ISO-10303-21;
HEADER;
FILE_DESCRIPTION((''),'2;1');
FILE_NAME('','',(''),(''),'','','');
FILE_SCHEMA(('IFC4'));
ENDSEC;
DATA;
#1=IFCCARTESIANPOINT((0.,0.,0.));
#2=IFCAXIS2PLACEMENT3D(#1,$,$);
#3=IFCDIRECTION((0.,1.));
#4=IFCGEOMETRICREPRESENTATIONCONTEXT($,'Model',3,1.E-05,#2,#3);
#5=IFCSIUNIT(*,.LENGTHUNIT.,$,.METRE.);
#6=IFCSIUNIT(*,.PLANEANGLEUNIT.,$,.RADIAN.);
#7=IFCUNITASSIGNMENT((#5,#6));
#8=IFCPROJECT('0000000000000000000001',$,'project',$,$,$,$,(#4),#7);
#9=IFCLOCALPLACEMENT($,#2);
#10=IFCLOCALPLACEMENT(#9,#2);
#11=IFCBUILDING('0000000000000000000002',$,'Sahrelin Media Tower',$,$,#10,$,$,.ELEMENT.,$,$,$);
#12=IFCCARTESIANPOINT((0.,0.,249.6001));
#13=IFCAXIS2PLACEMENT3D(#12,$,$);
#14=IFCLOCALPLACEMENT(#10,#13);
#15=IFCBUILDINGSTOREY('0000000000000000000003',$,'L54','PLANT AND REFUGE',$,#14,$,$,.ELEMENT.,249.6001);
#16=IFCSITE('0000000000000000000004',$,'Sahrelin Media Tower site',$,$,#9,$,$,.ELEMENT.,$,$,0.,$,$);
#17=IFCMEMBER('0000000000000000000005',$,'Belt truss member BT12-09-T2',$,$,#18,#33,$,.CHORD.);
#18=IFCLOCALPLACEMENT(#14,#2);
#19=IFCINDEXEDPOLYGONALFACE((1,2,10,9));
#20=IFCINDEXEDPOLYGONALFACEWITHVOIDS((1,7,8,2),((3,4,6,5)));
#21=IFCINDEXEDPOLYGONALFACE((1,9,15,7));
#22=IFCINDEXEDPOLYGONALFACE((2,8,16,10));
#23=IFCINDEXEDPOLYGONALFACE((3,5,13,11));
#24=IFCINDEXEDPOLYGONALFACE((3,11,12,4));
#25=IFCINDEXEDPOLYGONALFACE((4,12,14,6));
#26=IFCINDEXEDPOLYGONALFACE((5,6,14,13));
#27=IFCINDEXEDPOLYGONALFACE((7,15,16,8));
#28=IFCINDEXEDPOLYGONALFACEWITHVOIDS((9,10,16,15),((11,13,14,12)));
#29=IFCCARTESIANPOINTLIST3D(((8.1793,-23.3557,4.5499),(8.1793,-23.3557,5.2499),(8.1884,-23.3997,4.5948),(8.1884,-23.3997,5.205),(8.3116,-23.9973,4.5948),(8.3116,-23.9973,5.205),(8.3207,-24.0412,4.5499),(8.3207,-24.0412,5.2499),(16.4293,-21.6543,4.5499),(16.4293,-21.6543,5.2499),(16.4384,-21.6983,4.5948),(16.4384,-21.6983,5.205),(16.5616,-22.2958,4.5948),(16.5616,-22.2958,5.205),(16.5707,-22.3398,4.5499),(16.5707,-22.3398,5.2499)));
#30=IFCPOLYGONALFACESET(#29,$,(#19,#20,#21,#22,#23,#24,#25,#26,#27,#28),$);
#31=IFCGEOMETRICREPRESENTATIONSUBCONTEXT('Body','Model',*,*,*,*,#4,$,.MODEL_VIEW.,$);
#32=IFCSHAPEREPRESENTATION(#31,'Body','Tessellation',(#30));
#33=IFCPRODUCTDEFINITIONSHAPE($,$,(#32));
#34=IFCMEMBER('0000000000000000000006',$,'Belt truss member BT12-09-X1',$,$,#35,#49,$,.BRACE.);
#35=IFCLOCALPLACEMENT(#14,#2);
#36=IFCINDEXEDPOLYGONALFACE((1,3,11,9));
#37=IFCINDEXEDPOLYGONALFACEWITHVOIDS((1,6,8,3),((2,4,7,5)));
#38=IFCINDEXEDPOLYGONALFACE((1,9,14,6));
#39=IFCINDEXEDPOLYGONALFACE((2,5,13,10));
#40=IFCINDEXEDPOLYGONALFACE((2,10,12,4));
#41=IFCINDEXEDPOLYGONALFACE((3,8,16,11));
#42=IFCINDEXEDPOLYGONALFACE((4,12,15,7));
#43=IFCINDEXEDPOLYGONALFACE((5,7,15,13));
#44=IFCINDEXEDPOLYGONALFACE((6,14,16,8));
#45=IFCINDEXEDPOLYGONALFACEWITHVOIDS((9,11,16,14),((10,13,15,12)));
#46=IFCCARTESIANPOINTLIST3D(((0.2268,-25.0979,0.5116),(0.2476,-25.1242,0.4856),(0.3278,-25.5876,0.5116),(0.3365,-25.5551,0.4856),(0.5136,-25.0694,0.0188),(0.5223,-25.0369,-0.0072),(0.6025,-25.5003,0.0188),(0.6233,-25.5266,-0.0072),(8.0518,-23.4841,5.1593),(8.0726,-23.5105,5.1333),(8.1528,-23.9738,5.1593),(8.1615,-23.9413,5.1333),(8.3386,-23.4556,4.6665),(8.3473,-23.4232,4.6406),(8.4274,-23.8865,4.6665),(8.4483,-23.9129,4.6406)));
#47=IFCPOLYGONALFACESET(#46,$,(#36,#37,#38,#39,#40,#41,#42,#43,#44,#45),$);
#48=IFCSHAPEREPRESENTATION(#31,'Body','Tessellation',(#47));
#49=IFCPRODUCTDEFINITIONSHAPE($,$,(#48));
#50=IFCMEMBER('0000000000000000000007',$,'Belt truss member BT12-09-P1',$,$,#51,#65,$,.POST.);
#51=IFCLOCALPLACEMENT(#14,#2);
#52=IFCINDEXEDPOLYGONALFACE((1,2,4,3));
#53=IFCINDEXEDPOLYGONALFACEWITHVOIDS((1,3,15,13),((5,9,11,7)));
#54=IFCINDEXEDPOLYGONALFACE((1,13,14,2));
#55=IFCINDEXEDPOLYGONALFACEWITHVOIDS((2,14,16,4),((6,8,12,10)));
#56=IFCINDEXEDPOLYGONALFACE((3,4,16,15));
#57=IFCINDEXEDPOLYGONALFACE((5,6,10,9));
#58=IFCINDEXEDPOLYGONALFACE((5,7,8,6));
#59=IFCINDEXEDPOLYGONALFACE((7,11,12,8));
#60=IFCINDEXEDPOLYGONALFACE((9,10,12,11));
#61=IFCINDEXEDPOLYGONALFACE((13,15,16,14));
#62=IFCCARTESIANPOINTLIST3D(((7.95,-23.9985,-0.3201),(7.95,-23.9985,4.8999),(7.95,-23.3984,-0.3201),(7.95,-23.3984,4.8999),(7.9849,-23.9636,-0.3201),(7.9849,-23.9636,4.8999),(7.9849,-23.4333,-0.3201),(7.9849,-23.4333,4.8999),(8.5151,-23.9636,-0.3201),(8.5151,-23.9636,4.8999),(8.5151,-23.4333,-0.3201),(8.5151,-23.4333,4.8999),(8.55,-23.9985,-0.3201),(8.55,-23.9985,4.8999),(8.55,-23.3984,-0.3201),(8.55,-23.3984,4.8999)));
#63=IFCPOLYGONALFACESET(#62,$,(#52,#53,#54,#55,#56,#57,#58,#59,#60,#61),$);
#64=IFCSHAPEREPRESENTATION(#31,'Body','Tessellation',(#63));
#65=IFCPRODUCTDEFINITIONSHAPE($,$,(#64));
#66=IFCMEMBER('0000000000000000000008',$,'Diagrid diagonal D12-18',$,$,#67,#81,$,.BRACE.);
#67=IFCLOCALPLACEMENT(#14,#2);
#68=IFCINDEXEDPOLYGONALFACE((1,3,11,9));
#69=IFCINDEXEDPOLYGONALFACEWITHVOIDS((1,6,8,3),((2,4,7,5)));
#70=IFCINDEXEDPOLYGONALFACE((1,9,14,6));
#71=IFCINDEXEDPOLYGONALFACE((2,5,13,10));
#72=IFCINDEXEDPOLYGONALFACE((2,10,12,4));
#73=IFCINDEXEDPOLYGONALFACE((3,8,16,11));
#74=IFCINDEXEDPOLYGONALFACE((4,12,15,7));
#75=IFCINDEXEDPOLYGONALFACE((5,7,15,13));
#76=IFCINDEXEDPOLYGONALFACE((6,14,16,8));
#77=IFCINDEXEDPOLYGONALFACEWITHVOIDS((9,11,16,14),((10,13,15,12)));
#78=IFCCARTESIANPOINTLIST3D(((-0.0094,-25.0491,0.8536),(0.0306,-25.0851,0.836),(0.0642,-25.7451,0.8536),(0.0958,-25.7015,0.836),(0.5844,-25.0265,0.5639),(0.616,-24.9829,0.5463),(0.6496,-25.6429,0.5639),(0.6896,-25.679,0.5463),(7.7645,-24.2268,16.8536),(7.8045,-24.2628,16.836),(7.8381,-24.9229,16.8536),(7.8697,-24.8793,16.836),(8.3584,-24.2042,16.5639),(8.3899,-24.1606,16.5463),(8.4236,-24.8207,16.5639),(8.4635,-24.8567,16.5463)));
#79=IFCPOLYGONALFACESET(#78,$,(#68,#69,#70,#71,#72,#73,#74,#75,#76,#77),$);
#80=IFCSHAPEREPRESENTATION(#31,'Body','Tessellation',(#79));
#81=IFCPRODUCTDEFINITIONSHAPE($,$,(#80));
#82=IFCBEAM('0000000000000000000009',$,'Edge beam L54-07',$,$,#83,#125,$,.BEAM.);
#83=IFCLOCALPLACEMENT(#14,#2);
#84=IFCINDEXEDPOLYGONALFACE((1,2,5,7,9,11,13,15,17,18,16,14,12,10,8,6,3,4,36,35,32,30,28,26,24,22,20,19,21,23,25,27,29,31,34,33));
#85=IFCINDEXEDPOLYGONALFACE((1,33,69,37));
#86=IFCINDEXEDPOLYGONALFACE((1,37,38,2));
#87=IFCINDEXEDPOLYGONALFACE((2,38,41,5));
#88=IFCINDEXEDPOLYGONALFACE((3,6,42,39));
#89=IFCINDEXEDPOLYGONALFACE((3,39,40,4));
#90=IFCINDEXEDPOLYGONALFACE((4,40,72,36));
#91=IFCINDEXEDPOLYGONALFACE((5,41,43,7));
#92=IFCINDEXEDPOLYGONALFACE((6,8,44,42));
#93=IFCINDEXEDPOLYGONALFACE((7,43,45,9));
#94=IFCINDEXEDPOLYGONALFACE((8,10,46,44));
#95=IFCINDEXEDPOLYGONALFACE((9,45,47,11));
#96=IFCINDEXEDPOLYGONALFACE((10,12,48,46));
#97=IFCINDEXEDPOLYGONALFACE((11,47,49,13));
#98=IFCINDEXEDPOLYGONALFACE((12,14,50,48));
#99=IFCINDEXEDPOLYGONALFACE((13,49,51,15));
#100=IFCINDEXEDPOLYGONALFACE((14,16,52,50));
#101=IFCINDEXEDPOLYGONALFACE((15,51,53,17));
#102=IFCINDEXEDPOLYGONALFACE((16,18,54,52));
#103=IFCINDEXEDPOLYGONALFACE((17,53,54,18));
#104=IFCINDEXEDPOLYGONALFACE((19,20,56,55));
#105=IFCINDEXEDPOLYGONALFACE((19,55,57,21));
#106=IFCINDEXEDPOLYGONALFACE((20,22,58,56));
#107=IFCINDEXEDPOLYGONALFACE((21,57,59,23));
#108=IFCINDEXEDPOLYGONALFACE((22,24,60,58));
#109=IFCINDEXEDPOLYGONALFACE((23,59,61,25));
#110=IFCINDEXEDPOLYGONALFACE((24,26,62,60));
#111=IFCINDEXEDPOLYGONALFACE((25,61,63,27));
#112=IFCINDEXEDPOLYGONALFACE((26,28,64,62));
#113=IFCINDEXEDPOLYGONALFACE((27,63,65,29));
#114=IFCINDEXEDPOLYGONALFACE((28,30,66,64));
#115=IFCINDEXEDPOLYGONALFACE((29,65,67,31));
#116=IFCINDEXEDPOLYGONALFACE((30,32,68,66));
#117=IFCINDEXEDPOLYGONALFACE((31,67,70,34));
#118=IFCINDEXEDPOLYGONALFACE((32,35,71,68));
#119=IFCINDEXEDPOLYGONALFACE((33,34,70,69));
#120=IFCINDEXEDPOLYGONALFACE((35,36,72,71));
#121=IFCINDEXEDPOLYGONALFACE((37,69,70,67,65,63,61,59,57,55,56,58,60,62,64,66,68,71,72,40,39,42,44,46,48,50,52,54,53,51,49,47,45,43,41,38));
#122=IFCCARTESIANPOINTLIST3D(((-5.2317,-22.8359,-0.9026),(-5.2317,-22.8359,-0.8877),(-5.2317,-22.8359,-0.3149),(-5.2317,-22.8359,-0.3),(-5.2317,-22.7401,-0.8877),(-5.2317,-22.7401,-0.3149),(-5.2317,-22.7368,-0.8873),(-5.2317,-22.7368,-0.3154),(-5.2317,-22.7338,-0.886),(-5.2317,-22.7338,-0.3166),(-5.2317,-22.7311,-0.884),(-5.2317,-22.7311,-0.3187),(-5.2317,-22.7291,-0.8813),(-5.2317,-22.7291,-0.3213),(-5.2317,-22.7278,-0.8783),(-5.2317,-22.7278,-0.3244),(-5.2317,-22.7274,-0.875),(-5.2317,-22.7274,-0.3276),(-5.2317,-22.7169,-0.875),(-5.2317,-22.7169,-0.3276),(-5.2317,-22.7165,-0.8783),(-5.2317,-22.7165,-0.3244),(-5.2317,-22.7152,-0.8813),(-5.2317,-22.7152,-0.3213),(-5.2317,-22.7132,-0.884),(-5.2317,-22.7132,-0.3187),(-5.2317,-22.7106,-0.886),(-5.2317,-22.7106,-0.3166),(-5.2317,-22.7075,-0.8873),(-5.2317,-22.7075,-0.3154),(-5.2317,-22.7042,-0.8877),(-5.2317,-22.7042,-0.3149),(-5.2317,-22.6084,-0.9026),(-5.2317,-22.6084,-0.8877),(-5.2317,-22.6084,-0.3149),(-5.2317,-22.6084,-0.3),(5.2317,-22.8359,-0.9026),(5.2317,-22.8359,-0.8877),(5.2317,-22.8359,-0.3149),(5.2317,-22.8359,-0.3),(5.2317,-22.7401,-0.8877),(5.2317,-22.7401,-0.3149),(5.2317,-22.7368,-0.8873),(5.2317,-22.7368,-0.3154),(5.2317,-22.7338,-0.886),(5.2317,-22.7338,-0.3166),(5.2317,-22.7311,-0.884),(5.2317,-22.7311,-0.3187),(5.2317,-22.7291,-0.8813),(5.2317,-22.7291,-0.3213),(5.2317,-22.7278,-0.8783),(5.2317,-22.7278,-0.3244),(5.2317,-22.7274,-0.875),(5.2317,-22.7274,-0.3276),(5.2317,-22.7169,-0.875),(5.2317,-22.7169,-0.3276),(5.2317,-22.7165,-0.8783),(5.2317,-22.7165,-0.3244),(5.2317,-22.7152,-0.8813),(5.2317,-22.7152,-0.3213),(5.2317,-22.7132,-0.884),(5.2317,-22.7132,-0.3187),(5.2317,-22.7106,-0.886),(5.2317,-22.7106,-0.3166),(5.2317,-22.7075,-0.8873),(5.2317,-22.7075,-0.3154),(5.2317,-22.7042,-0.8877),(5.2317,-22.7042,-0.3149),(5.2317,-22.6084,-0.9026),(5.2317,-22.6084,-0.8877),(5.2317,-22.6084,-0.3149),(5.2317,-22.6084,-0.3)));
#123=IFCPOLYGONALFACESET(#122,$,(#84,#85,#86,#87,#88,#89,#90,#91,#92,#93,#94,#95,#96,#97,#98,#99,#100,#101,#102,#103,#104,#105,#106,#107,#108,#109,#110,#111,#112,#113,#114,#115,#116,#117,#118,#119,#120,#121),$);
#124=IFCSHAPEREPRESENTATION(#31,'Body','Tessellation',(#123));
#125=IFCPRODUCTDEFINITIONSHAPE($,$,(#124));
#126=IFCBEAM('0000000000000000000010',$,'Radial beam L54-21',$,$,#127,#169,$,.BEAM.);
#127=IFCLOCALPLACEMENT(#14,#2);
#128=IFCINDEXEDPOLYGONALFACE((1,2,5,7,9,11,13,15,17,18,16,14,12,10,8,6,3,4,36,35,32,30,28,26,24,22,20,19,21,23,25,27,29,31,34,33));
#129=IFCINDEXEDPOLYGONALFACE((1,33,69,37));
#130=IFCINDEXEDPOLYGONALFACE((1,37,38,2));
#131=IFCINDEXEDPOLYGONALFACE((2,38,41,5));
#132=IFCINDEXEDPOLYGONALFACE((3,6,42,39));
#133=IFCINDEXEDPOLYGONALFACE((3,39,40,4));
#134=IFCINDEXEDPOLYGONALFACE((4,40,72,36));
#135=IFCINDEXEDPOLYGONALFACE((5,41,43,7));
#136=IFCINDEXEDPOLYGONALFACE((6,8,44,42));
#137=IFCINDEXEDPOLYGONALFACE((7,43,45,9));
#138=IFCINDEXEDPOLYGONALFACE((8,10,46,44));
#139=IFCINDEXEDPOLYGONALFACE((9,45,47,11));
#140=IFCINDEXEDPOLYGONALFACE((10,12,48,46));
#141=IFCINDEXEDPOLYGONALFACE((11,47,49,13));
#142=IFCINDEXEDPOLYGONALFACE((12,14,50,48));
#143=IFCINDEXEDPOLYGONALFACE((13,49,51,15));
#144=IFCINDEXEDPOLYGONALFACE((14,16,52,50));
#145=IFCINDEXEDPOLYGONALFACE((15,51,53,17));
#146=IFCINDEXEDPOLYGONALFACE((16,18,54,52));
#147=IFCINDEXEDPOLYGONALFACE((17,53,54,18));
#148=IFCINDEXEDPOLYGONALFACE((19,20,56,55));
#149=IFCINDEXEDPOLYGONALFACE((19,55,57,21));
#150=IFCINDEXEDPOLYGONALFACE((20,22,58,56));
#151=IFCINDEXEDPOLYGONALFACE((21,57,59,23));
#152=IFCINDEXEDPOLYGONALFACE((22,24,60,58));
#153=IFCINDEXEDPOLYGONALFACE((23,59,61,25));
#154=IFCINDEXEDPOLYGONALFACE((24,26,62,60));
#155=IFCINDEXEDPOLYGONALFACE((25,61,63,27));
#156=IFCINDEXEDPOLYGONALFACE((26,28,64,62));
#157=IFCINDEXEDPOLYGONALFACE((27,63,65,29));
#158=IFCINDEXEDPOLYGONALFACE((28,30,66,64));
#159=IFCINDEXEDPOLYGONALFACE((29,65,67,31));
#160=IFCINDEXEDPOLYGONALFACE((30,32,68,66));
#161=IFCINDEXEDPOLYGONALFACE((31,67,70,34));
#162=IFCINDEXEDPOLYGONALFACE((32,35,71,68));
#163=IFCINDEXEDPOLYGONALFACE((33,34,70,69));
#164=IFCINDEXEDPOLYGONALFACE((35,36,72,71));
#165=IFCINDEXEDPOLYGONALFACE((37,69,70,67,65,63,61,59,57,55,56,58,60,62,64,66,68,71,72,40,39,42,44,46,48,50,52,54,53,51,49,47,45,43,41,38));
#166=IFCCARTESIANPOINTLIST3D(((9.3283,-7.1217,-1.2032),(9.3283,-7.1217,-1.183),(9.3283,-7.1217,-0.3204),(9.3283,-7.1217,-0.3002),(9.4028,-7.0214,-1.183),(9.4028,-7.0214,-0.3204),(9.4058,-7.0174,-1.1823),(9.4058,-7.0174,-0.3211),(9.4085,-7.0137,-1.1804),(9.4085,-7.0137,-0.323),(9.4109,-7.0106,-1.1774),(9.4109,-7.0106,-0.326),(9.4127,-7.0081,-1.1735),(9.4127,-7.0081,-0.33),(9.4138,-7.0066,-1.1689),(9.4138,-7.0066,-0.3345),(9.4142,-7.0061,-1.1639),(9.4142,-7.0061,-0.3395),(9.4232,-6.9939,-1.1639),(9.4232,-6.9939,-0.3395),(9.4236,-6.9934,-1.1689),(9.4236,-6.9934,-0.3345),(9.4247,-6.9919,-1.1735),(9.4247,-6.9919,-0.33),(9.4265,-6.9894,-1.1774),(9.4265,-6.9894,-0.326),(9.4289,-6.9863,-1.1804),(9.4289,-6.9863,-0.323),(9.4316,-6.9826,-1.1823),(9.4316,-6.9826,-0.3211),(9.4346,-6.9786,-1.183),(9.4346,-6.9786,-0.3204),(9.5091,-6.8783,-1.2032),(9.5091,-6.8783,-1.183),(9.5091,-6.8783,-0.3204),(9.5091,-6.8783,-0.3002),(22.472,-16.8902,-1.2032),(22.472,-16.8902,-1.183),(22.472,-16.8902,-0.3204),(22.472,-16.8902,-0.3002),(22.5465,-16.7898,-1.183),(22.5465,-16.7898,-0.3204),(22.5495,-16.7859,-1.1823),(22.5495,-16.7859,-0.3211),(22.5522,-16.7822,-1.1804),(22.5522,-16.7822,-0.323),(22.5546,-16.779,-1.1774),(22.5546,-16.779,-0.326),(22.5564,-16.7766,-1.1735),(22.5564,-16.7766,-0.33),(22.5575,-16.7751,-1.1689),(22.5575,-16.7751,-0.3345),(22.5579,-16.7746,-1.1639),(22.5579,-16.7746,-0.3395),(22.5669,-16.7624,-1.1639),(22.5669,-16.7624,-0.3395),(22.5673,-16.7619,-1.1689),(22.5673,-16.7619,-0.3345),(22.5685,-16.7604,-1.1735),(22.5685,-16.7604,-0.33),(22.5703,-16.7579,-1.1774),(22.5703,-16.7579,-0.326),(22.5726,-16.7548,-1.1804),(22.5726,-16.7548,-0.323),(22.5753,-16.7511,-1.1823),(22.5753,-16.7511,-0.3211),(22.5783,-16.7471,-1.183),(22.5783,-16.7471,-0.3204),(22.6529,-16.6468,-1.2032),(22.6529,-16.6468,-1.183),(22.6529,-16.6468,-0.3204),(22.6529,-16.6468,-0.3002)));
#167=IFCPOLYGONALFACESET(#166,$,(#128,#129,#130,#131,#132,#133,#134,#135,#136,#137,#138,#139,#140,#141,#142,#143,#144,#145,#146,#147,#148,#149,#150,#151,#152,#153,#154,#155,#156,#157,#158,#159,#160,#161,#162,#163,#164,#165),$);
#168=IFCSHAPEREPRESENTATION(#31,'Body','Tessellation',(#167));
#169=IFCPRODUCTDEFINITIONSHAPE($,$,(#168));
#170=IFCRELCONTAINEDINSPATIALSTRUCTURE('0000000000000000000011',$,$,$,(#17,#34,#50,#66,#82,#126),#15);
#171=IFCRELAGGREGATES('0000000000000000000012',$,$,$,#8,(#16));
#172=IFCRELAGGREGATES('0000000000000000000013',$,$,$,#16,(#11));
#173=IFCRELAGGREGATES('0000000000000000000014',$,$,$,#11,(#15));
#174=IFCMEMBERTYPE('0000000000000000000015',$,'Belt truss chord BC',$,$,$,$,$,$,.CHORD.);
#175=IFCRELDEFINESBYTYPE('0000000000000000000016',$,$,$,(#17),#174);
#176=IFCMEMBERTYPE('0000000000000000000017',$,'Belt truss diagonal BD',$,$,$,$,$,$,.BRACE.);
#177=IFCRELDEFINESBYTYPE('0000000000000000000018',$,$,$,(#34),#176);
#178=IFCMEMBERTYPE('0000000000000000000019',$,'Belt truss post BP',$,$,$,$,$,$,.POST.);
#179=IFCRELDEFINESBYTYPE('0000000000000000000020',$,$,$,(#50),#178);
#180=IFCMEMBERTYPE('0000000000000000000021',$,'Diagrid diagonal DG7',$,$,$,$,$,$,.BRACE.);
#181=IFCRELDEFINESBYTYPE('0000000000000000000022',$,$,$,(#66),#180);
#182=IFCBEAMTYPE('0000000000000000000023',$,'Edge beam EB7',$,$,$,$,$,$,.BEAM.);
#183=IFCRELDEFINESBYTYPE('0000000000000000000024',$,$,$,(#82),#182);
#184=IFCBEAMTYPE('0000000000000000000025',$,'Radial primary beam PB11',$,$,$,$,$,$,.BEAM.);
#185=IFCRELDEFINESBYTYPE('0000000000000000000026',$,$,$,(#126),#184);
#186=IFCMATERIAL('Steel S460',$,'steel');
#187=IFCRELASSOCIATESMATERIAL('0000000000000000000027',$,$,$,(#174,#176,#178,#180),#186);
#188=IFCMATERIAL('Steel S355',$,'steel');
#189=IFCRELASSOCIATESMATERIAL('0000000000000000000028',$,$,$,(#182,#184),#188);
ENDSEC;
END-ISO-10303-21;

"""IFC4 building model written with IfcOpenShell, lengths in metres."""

from ifc_helpers import new_model, si_unit, direction, frame, origin, origin_2d, place, context, subcontext, project, spatial, hollow_rectangle, i_section, extrude, material, material_profile, profile_set, type_object, element, save


model = new_model("IFC4")

# Units and contexts
model_context = context("Model", 3, precision=1e-05, world=origin(), true_north=direction((0.0, 1.0)))
body_context = subcontext(model_context, "Body", "Model", "MODEL_VIEW")
ifc_project = project(units=[si_unit("LENGTHUNIT", "METRE"), si_unit("PLANEANGLEUNIT", "RADIAN")], contexts=[model_context])

# Site, building, storey
site_placement = place(None, origin())
site = spatial("IfcSite", under=ifc_project, at=site_placement, Name="Sahrelin Media Tower site", CompositionType="ELEMENT", RefElevation=0.0)
building_placement = place(site_placement, origin())
building = spatial("IfcBuilding", under=site, at=building_placement, Name="Sahrelin Media Tower", CompositionType="ELEMENT")
storey_placement = place(building_placement, frame((0.0, 0.0, 249.6001)))
storey = spatial("IfcBuildingStorey", under=building, at=storey_placement, Name="L54", Description="PLANT AND REFUGE", CompositionType="ELEMENT", Elevation=249.6001)

# Members
ifc_material_1 = material(Name="Steel S460", Category="steel")
ifc_material_profile_1 = material_profile(ifc_material_1, hollow_rectangle(XDim=0.7, YDim=0.7, WallThickness=0.0449, at=origin_2d()), Name="Belt truss chord BC")
ifc_profile_set_1 = profile_set([ifc_material_profile_1], Name="Steel S460")
member_type_1 = type_object("IfcMemberType", Name="Belt truss chord BC", PredefinedType="CHORD", material=ifc_profile_set_1)
member_1_placement = place(storey_placement, frame((8.25, -23.6985, 4.8999), z_axis=(0.979389, 0.201982, 0.0), x_axis=(-0.201982, 0.979389, 0.0)))
element("IfcMember", 1, at=member_1_placement, inside=storey, type_object=member_type_1, Name="Belt truss member BT12-09-T2", PredefinedType="CHORD", context=body_context, shape_type="SweptSolid", body=[
    extrude(hollow_rectangle(XDim=0.7, YDim=0.7, WallThickness=0.0449, at=origin_2d()), origin(), (0.0, 0.0, 1.0), 8.4236),
])
ifc_material_profile_2 = material_profile(ifc_material_1, hollow_rectangle(XDim=0.5, YDim=0.6001, WallThickness=0.03, at=origin_2d()), Name="Belt truss diagonal BD")
ifc_profile_set_2 = profile_set([ifc_material_profile_2], Name="Steel S460")
member_type_2 = type_object("IfcMemberType", Name="Belt truss diagonal BD", PredefinedType="BRACE", material=ifc_profile_set_2)
member_2_placement = place(storey_placement, frame((0.425, -25.3123, 0.2522), z_axis=(0.84657, 0.174591, 0.502829), x_axis=(-0.201983, 0.979389, 0.0)))
element("IfcMember", 2, at=member_2_placement, inside=storey, type_object=member_type_2, Name="Belt truss member BT12-09-X1", PredefinedType="BRACE", context=body_context, shape_type="SweptSolid", body=[
    extrude(hollow_rectangle(XDim=0.5, YDim=0.6001, WallThickness=0.03, at=origin_2d()), origin(), (0.0, 0.0, 1.0), 9.2432),
])
ifc_material_profile_3 = material_profile(ifc_material_1, hollow_rectangle(XDim=0.6001, YDim=0.6001, WallThickness=0.0349, at=origin_2d()), Name="Belt truss post BP")
ifc_profile_set_3 = profile_set([ifc_material_profile_3], Name="Steel S460")
member_type_3 = type_object("IfcMemberType", Name="Belt truss post BP", PredefinedType="POST", material=ifc_profile_set_3)
member_3_placement = place(storey_placement, frame((8.25, -23.6985, -0.3201), z_axis=(0.0, 0.0, 1.0), x_axis=(1.0, 0.0, 0.0)))
element("IfcMember", 3, at=member_3_placement, inside=storey, type_object=member_type_3, Name="Belt truss member BT12-09-P1", PredefinedType="POST", context=body_context, shape_type="SweptSolid", body=[
    extrude(hollow_rectangle(XDim=0.6001, YDim=0.6001, WallThickness=0.0349, at=origin_2d()), origin(), (0.0, 0.0, 1.0), 5.22),
])
ifc_material_profile_4 = material_profile(ifc_material_1, hollow_rectangle(XDim=0.7, YDim=0.7, WallThickness=0.04, at=origin_2d()), Name="Diagrid diagonal DG7")
ifc_profile_set_4 = profile_set([ifc_material_profile_4], Name="Steel S460")
member_type_4 = type_object("IfcMemberType", Name="Diagrid diagonal DG7", PredefinedType="BRACE", material=ifc_profile_set_4)
member_4_placement = place(storey_placement, frame((0.3401, -25.364, 0.7), z_axis=(0.436551, 0.046175, 0.898494), x_axis=(-0.105185, 0.994453, 0.0)))
element("IfcMember", 4, at=member_4_placement, inside=storey, type_object=member_type_4, Name="Diagrid diagonal D12-18", PredefinedType="BRACE", context=body_context, shape_type="SweptSolid", body=[
    extrude(hollow_rectangle(XDim=0.7, YDim=0.7, WallThickness=0.04, at=origin_2d()), origin(), (0.0, 0.0, 1.0), 17.8076),
])

# Beams
ifc_material_2 = material(Name="Steel S355", Category="steel")
ifc_material_profile_5 = material_profile(ifc_material_2, i_section(OverallWidth=0.2275, OverallDepth=0.6025, WebThickness=0.0105, FlangeThickness=0.0149, FilletRadius=0.0127, at=origin_2d()), Name="UB 610x229x101")
ifc_profile_set_5 = profile_set([ifc_material_profile_5], Name="Steel S355")
beam_type_1 = type_object("IfcBeamType", Name="Edge beam EB7", PredefinedType="BEAM", material=ifc_profile_set_5)
beam_1_placement = place(storey_placement, frame((5.2317, -22.7222, -0.6013), z_axis=(-1.0, 0.0, 0.0), x_axis=(0.0, -1.0, 0.0)))
element("IfcBeam", 5, at=beam_1_placement, inside=storey, type_object=beam_type_1, Name="Edge beam L54-07", PredefinedType="BEAM", context=body_context, shape_type="SweptSolid", body=[
    extrude(i_section(OverallWidth=0.2275, OverallDepth=0.6025, WebThickness=0.0105, FlangeThickness=0.0149, FilletRadius=0.0127, at=origin_2d()), origin(), (0.0, 0.0, 1.0), 10.4634),
])
ifc_material_profile_6 = material_profile(ifc_material_2, i_section(OverallWidth=0.3032, OverallDepth=0.9031, WebThickness=0.0151, FlangeThickness=0.0203, FilletRadius=0.019, at=origin_2d()), Name="UB 914x305x201")
ifc_profile_set_6 = profile_set([ifc_material_profile_6], Name="Steel S355")
beam_type_2 = type_object("IfcBeamType", Name="Radial primary beam PB11", PredefinedType="BEAM", material=ifc_profile_set_6)
beam_2_placement = place(storey_placement, frame((9.4187, -7.0, -0.7517), z_axis=(0.80261, -0.596505, 0.0), x_axis=(0.596505, 0.80261, 0.0)))
element("IfcBeam", 6, at=beam_2_placement, inside=storey, type_object=beam_type_2, Name="Radial beam L54-21", PredefinedType="BEAM", context=body_context, shape_type="SweptSolid", body=[
    extrude(i_section(OverallWidth=0.3032, OverallDepth=0.9031, WebThickness=0.0151, FlangeThickness=0.0203, FilletRadius=0.019, at=origin_2d()), origin(), (0.0, 0.0, 1.0), 16.3762),
])

save(model, "model.ifc")
